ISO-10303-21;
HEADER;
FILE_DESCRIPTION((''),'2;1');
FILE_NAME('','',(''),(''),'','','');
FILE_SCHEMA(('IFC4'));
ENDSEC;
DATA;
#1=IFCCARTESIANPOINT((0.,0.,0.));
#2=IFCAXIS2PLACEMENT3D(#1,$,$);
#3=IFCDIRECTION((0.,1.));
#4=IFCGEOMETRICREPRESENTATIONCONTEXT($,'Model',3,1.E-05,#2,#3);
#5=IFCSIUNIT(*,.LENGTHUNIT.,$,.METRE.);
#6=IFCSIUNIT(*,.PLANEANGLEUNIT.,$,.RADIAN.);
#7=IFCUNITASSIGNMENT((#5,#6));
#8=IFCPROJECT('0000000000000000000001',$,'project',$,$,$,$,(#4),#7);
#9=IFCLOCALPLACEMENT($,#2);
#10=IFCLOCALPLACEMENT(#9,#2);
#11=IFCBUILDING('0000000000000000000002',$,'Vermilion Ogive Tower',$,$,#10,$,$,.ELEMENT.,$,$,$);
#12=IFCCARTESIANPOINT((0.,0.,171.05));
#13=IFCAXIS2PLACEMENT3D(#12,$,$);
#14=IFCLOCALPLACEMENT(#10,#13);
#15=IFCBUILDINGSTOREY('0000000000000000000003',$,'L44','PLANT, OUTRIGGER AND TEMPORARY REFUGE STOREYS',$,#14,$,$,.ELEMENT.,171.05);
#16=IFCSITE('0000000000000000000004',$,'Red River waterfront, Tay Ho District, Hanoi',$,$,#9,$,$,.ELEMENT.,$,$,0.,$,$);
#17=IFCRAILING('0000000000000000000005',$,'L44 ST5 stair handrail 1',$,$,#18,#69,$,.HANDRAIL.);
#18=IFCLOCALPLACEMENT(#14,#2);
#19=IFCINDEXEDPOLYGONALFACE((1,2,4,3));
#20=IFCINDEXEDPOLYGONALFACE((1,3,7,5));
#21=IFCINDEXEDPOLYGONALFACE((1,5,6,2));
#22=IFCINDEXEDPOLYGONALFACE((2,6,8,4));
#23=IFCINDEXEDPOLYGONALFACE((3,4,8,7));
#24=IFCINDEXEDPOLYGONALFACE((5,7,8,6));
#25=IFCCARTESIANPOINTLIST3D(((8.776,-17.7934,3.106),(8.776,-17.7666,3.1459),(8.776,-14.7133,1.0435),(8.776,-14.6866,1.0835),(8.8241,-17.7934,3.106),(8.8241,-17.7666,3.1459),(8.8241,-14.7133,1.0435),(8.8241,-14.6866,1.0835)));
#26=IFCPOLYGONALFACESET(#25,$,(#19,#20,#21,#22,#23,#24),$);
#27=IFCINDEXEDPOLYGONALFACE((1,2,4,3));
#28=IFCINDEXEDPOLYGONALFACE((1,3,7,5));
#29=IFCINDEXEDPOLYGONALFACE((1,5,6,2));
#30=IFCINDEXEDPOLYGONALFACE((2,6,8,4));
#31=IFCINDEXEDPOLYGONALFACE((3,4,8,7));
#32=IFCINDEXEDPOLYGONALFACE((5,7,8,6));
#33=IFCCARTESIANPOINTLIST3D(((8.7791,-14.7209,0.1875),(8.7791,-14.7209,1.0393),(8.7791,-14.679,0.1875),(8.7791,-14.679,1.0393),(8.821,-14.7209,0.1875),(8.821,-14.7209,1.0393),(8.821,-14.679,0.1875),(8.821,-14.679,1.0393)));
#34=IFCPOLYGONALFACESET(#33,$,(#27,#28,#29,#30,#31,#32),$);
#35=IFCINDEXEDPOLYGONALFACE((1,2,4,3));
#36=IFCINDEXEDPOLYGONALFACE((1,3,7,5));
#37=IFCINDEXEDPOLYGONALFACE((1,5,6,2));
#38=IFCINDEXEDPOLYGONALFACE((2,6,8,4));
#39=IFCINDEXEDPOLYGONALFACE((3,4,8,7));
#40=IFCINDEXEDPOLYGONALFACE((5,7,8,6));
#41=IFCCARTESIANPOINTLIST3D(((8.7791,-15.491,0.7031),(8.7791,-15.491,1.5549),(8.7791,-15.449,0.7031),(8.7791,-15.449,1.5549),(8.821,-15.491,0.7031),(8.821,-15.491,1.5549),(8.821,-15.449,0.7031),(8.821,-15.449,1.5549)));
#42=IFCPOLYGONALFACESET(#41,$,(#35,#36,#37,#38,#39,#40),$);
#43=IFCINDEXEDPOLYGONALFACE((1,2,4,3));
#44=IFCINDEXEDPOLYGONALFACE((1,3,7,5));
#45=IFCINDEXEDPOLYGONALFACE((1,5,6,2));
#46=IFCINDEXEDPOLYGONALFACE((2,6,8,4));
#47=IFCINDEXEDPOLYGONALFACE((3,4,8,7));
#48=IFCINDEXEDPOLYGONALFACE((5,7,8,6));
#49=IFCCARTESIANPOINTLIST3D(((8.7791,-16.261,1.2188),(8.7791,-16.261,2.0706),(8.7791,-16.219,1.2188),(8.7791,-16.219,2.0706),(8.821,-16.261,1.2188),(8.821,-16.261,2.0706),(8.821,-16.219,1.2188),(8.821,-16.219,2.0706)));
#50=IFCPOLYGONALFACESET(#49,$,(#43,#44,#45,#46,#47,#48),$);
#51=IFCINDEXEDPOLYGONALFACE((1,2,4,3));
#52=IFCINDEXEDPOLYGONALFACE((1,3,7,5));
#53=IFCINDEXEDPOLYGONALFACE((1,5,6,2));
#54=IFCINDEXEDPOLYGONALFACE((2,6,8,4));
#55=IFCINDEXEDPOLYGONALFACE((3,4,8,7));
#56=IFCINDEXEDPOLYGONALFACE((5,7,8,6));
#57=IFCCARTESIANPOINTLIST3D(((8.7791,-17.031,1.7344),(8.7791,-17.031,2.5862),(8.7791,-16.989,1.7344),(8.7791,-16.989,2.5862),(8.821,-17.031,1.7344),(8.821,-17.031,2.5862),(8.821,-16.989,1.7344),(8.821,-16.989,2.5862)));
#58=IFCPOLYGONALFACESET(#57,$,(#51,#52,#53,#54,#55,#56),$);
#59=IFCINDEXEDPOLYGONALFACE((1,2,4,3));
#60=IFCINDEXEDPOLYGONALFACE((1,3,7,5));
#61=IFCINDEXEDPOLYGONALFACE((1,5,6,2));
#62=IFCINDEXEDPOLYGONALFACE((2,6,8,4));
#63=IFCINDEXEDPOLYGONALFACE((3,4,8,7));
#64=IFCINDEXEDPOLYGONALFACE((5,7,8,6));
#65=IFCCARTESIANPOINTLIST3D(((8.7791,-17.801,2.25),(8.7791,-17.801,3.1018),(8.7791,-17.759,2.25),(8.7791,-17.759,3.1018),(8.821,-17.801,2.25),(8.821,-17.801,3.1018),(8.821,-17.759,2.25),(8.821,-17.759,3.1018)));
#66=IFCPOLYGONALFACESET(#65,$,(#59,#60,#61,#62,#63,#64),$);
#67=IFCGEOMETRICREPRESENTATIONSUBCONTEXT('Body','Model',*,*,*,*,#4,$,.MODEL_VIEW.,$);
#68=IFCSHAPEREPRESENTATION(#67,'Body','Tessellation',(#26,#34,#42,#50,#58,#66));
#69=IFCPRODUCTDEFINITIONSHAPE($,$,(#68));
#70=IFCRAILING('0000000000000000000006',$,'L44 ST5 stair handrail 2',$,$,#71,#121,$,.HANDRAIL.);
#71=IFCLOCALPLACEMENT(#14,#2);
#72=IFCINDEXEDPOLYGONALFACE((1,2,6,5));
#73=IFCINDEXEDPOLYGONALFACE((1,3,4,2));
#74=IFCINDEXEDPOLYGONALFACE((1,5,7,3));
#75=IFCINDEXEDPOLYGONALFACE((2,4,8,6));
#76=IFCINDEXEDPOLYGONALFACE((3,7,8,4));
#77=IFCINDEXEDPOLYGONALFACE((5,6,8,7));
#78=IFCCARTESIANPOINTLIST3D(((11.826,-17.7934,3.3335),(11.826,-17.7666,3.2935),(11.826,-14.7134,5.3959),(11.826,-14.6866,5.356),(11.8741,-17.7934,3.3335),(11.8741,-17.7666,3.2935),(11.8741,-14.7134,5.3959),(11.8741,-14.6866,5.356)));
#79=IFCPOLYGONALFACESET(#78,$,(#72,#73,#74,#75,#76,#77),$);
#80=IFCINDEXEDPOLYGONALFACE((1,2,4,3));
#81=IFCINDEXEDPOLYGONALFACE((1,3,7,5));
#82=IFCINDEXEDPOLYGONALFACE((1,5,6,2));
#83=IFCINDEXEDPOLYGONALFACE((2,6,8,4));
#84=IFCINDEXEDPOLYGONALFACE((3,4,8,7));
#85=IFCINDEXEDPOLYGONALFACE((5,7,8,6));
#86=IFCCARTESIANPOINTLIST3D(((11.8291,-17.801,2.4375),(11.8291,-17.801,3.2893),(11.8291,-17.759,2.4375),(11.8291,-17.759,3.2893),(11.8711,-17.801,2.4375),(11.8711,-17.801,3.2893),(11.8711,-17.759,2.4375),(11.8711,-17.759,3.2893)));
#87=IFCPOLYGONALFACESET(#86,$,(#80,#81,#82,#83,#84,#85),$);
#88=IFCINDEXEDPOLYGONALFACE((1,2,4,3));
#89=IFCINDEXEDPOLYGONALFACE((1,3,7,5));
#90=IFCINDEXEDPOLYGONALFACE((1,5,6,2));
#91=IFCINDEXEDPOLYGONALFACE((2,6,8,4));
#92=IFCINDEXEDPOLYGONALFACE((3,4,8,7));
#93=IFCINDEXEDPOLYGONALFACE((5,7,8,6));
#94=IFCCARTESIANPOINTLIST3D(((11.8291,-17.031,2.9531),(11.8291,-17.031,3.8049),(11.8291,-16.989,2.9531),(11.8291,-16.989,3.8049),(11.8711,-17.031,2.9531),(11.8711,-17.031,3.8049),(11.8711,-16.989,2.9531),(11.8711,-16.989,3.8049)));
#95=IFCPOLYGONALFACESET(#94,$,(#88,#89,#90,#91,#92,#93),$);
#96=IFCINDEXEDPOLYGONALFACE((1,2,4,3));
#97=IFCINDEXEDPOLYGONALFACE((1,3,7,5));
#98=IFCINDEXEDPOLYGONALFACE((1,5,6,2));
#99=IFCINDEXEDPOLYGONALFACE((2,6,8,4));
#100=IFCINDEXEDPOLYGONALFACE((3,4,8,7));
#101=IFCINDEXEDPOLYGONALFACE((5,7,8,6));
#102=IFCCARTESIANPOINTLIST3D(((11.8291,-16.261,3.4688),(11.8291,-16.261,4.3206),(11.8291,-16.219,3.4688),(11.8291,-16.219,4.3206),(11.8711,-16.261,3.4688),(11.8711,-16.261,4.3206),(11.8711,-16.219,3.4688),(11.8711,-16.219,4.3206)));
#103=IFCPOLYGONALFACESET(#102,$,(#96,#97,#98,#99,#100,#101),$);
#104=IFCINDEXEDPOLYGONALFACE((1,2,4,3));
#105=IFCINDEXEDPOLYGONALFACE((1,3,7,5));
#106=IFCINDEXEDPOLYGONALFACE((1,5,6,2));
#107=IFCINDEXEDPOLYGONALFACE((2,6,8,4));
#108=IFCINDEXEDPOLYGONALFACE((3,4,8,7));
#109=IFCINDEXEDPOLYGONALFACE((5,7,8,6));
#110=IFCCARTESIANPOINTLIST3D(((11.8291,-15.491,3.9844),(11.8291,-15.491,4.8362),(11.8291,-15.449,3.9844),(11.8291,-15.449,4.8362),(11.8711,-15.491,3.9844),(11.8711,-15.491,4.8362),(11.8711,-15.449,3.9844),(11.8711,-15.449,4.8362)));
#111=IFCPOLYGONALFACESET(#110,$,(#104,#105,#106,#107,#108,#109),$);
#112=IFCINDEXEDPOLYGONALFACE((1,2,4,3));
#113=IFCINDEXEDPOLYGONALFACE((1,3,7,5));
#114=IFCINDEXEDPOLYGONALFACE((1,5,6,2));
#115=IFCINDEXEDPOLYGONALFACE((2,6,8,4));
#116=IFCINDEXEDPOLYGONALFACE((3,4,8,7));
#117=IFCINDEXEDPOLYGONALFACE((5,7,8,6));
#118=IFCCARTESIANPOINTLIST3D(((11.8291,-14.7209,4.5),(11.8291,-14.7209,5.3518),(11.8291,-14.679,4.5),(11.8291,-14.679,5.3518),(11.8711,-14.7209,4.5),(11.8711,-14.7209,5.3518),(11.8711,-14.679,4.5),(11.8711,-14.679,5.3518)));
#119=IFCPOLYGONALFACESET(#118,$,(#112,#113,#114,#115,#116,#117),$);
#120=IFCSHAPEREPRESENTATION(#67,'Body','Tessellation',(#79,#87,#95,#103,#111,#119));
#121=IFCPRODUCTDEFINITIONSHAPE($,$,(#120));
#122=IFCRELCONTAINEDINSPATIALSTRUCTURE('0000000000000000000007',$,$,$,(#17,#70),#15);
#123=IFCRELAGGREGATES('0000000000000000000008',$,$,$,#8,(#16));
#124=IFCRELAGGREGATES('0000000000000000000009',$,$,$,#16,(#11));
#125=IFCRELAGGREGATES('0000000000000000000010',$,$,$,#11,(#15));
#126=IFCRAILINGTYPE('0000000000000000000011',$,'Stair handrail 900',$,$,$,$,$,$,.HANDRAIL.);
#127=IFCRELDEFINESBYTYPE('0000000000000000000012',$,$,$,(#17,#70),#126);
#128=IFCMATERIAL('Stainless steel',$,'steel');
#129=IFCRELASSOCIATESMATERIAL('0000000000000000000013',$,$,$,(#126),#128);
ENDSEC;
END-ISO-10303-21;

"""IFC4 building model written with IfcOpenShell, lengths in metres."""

from ifc_helpers import new_model, si_unit, direction, frame, origin, origin_2d, place, context, subcontext, project, spatial, rectangle, extrude, material, type_object, element, save


model = new_model("IFC4")

# Units and contexts
model_context = context("Model", 3, precision=1e-05, world=origin(), true_north=direction((0.0, 1.0)))
body_context = subcontext(model_context, "Body", "Model", "MODEL_VIEW")
ifc_project = project(units=[si_unit("LENGTHUNIT", "METRE"), si_unit("PLANEANGLEUNIT", "RADIAN")], contexts=[model_context])

# Site, building, storey
site_placement = place(None, origin())
site = spatial("IfcSite", under=ifc_project, at=site_placement, Name="Red River waterfront, Tay Ho District, Hanoi", CompositionType="ELEMENT", RefElevation=0.0)
building_placement = place(site_placement, origin())
building = spatial("IfcBuilding", under=site, at=building_placement, Name="Vermilion Ogive Tower", CompositionType="ELEMENT")
storey_placement = place(building_placement, frame((0.0, 0.0, 171.05)))
storey = spatial("IfcBuildingStorey", under=building, at=storey_placement, Name="L44", Description="PLANT, OUTRIGGER AND TEMPORARY REFUGE STOREYS", CompositionType="ELEMENT", Elevation=171.05)

# Railings
ifc_material_1 = material(Name="Stainless steel", Category="steel")
railing_type_1 = type_object("IfcRailingType", Name="Stair handrail 900", PredefinedType="HANDRAIL", material=ifc_material_1)
railing_1_placement = place(storey_placement, frame((8.8, -14.7, 0.1875)))
element("IfcRailing", 1, at=railing_1_placement, inside=storey, type_object=railing_type_1, Name="L44 ST5 stair handrail 1", PredefinedType="HANDRAIL", context=body_context, shape_type="SweptSolid", body=[
    extrude(rectangle(XDim=0.0481, YDim=0.0481, at=origin_2d()), frame((0.0, 0.0, 0.876), z_axis=(0.0, -0.830914, 0.556401), x_axis=(1.0, 0.0, 0.0)), (0.0, 0.0, 1.0), 3.7068),
    extrude(rectangle(XDim=0.042, YDim=0.042, at=origin_2d()), origin(), (0.0, 0.0, 1.0), 0.8518),
    extrude(rectangle(XDim=0.042, YDim=0.042, at=origin_2d()), frame((0.0, -0.77, 0.5156)), (0.0, 0.0, 1.0), 0.8518),
    extrude(rectangle(XDim=0.042, YDim=0.042, at=origin_2d()), frame((0.0, -1.54, 1.0312)), (0.0, 0.0, 1.0), 0.8518),
    extrude(rectangle(XDim=0.042, YDim=0.042, at=origin_2d()), frame((0.0, -2.3101, 1.5469)), (0.0, 0.0, 1.0), 0.8518),
    extrude(rectangle(XDim=0.042, YDim=0.042, at=origin_2d()), frame((0.0, -3.0801, 2.0625)), (0.0, 0.0, 1.0), 0.8518),
])
railing_2_placement = place(storey_placement, frame((11.8501, -17.78, 2.4375)))
element("IfcRailing", 2, at=railing_2_placement, inside=storey, type_object=railing_type_1, Name="L44 ST5 stair handrail 2", PredefinedType="HANDRAIL", context=body_context, shape_type="SweptSolid", body=[
    extrude(rectangle(XDim=0.0481, YDim=0.0481, at=origin_2d()), frame((0.0, 0.0, 0.876), z_axis=(0.0, 0.830914, 0.556401), x_axis=(-1.0, 0.0, 0.0)), (0.0, 0.0, 1.0), 3.7068),
    extrude(rectangle(XDim=0.042, YDim=0.042, at=origin_2d()), origin(), (0.0, 0.0, 1.0), 0.8518),
    extrude(rectangle(XDim=0.042, YDim=0.042, at=origin_2d()), frame((0.0, 0.77, 0.5156)), (0.0, 0.0, 1.0), 0.8518),
    extrude(rectangle(XDim=0.042, YDim=0.042, at=origin_2d()), frame((0.0, 1.54, 1.0312)), (0.0, 0.0, 1.0), 0.8518),
    extrude(rectangle(XDim=0.042, YDim=0.042, at=origin_2d()), frame((0.0, 2.3101, 1.5469)), (0.0, 0.0, 1.0), 0.8518),
    extrude(rectangle(XDim=0.042, YDim=0.042, at=origin_2d()), frame((0.0, 3.0801, 2.0625)), (0.0, 0.0, 1.0), 0.8518),
])

save(model, "model.ifc")
